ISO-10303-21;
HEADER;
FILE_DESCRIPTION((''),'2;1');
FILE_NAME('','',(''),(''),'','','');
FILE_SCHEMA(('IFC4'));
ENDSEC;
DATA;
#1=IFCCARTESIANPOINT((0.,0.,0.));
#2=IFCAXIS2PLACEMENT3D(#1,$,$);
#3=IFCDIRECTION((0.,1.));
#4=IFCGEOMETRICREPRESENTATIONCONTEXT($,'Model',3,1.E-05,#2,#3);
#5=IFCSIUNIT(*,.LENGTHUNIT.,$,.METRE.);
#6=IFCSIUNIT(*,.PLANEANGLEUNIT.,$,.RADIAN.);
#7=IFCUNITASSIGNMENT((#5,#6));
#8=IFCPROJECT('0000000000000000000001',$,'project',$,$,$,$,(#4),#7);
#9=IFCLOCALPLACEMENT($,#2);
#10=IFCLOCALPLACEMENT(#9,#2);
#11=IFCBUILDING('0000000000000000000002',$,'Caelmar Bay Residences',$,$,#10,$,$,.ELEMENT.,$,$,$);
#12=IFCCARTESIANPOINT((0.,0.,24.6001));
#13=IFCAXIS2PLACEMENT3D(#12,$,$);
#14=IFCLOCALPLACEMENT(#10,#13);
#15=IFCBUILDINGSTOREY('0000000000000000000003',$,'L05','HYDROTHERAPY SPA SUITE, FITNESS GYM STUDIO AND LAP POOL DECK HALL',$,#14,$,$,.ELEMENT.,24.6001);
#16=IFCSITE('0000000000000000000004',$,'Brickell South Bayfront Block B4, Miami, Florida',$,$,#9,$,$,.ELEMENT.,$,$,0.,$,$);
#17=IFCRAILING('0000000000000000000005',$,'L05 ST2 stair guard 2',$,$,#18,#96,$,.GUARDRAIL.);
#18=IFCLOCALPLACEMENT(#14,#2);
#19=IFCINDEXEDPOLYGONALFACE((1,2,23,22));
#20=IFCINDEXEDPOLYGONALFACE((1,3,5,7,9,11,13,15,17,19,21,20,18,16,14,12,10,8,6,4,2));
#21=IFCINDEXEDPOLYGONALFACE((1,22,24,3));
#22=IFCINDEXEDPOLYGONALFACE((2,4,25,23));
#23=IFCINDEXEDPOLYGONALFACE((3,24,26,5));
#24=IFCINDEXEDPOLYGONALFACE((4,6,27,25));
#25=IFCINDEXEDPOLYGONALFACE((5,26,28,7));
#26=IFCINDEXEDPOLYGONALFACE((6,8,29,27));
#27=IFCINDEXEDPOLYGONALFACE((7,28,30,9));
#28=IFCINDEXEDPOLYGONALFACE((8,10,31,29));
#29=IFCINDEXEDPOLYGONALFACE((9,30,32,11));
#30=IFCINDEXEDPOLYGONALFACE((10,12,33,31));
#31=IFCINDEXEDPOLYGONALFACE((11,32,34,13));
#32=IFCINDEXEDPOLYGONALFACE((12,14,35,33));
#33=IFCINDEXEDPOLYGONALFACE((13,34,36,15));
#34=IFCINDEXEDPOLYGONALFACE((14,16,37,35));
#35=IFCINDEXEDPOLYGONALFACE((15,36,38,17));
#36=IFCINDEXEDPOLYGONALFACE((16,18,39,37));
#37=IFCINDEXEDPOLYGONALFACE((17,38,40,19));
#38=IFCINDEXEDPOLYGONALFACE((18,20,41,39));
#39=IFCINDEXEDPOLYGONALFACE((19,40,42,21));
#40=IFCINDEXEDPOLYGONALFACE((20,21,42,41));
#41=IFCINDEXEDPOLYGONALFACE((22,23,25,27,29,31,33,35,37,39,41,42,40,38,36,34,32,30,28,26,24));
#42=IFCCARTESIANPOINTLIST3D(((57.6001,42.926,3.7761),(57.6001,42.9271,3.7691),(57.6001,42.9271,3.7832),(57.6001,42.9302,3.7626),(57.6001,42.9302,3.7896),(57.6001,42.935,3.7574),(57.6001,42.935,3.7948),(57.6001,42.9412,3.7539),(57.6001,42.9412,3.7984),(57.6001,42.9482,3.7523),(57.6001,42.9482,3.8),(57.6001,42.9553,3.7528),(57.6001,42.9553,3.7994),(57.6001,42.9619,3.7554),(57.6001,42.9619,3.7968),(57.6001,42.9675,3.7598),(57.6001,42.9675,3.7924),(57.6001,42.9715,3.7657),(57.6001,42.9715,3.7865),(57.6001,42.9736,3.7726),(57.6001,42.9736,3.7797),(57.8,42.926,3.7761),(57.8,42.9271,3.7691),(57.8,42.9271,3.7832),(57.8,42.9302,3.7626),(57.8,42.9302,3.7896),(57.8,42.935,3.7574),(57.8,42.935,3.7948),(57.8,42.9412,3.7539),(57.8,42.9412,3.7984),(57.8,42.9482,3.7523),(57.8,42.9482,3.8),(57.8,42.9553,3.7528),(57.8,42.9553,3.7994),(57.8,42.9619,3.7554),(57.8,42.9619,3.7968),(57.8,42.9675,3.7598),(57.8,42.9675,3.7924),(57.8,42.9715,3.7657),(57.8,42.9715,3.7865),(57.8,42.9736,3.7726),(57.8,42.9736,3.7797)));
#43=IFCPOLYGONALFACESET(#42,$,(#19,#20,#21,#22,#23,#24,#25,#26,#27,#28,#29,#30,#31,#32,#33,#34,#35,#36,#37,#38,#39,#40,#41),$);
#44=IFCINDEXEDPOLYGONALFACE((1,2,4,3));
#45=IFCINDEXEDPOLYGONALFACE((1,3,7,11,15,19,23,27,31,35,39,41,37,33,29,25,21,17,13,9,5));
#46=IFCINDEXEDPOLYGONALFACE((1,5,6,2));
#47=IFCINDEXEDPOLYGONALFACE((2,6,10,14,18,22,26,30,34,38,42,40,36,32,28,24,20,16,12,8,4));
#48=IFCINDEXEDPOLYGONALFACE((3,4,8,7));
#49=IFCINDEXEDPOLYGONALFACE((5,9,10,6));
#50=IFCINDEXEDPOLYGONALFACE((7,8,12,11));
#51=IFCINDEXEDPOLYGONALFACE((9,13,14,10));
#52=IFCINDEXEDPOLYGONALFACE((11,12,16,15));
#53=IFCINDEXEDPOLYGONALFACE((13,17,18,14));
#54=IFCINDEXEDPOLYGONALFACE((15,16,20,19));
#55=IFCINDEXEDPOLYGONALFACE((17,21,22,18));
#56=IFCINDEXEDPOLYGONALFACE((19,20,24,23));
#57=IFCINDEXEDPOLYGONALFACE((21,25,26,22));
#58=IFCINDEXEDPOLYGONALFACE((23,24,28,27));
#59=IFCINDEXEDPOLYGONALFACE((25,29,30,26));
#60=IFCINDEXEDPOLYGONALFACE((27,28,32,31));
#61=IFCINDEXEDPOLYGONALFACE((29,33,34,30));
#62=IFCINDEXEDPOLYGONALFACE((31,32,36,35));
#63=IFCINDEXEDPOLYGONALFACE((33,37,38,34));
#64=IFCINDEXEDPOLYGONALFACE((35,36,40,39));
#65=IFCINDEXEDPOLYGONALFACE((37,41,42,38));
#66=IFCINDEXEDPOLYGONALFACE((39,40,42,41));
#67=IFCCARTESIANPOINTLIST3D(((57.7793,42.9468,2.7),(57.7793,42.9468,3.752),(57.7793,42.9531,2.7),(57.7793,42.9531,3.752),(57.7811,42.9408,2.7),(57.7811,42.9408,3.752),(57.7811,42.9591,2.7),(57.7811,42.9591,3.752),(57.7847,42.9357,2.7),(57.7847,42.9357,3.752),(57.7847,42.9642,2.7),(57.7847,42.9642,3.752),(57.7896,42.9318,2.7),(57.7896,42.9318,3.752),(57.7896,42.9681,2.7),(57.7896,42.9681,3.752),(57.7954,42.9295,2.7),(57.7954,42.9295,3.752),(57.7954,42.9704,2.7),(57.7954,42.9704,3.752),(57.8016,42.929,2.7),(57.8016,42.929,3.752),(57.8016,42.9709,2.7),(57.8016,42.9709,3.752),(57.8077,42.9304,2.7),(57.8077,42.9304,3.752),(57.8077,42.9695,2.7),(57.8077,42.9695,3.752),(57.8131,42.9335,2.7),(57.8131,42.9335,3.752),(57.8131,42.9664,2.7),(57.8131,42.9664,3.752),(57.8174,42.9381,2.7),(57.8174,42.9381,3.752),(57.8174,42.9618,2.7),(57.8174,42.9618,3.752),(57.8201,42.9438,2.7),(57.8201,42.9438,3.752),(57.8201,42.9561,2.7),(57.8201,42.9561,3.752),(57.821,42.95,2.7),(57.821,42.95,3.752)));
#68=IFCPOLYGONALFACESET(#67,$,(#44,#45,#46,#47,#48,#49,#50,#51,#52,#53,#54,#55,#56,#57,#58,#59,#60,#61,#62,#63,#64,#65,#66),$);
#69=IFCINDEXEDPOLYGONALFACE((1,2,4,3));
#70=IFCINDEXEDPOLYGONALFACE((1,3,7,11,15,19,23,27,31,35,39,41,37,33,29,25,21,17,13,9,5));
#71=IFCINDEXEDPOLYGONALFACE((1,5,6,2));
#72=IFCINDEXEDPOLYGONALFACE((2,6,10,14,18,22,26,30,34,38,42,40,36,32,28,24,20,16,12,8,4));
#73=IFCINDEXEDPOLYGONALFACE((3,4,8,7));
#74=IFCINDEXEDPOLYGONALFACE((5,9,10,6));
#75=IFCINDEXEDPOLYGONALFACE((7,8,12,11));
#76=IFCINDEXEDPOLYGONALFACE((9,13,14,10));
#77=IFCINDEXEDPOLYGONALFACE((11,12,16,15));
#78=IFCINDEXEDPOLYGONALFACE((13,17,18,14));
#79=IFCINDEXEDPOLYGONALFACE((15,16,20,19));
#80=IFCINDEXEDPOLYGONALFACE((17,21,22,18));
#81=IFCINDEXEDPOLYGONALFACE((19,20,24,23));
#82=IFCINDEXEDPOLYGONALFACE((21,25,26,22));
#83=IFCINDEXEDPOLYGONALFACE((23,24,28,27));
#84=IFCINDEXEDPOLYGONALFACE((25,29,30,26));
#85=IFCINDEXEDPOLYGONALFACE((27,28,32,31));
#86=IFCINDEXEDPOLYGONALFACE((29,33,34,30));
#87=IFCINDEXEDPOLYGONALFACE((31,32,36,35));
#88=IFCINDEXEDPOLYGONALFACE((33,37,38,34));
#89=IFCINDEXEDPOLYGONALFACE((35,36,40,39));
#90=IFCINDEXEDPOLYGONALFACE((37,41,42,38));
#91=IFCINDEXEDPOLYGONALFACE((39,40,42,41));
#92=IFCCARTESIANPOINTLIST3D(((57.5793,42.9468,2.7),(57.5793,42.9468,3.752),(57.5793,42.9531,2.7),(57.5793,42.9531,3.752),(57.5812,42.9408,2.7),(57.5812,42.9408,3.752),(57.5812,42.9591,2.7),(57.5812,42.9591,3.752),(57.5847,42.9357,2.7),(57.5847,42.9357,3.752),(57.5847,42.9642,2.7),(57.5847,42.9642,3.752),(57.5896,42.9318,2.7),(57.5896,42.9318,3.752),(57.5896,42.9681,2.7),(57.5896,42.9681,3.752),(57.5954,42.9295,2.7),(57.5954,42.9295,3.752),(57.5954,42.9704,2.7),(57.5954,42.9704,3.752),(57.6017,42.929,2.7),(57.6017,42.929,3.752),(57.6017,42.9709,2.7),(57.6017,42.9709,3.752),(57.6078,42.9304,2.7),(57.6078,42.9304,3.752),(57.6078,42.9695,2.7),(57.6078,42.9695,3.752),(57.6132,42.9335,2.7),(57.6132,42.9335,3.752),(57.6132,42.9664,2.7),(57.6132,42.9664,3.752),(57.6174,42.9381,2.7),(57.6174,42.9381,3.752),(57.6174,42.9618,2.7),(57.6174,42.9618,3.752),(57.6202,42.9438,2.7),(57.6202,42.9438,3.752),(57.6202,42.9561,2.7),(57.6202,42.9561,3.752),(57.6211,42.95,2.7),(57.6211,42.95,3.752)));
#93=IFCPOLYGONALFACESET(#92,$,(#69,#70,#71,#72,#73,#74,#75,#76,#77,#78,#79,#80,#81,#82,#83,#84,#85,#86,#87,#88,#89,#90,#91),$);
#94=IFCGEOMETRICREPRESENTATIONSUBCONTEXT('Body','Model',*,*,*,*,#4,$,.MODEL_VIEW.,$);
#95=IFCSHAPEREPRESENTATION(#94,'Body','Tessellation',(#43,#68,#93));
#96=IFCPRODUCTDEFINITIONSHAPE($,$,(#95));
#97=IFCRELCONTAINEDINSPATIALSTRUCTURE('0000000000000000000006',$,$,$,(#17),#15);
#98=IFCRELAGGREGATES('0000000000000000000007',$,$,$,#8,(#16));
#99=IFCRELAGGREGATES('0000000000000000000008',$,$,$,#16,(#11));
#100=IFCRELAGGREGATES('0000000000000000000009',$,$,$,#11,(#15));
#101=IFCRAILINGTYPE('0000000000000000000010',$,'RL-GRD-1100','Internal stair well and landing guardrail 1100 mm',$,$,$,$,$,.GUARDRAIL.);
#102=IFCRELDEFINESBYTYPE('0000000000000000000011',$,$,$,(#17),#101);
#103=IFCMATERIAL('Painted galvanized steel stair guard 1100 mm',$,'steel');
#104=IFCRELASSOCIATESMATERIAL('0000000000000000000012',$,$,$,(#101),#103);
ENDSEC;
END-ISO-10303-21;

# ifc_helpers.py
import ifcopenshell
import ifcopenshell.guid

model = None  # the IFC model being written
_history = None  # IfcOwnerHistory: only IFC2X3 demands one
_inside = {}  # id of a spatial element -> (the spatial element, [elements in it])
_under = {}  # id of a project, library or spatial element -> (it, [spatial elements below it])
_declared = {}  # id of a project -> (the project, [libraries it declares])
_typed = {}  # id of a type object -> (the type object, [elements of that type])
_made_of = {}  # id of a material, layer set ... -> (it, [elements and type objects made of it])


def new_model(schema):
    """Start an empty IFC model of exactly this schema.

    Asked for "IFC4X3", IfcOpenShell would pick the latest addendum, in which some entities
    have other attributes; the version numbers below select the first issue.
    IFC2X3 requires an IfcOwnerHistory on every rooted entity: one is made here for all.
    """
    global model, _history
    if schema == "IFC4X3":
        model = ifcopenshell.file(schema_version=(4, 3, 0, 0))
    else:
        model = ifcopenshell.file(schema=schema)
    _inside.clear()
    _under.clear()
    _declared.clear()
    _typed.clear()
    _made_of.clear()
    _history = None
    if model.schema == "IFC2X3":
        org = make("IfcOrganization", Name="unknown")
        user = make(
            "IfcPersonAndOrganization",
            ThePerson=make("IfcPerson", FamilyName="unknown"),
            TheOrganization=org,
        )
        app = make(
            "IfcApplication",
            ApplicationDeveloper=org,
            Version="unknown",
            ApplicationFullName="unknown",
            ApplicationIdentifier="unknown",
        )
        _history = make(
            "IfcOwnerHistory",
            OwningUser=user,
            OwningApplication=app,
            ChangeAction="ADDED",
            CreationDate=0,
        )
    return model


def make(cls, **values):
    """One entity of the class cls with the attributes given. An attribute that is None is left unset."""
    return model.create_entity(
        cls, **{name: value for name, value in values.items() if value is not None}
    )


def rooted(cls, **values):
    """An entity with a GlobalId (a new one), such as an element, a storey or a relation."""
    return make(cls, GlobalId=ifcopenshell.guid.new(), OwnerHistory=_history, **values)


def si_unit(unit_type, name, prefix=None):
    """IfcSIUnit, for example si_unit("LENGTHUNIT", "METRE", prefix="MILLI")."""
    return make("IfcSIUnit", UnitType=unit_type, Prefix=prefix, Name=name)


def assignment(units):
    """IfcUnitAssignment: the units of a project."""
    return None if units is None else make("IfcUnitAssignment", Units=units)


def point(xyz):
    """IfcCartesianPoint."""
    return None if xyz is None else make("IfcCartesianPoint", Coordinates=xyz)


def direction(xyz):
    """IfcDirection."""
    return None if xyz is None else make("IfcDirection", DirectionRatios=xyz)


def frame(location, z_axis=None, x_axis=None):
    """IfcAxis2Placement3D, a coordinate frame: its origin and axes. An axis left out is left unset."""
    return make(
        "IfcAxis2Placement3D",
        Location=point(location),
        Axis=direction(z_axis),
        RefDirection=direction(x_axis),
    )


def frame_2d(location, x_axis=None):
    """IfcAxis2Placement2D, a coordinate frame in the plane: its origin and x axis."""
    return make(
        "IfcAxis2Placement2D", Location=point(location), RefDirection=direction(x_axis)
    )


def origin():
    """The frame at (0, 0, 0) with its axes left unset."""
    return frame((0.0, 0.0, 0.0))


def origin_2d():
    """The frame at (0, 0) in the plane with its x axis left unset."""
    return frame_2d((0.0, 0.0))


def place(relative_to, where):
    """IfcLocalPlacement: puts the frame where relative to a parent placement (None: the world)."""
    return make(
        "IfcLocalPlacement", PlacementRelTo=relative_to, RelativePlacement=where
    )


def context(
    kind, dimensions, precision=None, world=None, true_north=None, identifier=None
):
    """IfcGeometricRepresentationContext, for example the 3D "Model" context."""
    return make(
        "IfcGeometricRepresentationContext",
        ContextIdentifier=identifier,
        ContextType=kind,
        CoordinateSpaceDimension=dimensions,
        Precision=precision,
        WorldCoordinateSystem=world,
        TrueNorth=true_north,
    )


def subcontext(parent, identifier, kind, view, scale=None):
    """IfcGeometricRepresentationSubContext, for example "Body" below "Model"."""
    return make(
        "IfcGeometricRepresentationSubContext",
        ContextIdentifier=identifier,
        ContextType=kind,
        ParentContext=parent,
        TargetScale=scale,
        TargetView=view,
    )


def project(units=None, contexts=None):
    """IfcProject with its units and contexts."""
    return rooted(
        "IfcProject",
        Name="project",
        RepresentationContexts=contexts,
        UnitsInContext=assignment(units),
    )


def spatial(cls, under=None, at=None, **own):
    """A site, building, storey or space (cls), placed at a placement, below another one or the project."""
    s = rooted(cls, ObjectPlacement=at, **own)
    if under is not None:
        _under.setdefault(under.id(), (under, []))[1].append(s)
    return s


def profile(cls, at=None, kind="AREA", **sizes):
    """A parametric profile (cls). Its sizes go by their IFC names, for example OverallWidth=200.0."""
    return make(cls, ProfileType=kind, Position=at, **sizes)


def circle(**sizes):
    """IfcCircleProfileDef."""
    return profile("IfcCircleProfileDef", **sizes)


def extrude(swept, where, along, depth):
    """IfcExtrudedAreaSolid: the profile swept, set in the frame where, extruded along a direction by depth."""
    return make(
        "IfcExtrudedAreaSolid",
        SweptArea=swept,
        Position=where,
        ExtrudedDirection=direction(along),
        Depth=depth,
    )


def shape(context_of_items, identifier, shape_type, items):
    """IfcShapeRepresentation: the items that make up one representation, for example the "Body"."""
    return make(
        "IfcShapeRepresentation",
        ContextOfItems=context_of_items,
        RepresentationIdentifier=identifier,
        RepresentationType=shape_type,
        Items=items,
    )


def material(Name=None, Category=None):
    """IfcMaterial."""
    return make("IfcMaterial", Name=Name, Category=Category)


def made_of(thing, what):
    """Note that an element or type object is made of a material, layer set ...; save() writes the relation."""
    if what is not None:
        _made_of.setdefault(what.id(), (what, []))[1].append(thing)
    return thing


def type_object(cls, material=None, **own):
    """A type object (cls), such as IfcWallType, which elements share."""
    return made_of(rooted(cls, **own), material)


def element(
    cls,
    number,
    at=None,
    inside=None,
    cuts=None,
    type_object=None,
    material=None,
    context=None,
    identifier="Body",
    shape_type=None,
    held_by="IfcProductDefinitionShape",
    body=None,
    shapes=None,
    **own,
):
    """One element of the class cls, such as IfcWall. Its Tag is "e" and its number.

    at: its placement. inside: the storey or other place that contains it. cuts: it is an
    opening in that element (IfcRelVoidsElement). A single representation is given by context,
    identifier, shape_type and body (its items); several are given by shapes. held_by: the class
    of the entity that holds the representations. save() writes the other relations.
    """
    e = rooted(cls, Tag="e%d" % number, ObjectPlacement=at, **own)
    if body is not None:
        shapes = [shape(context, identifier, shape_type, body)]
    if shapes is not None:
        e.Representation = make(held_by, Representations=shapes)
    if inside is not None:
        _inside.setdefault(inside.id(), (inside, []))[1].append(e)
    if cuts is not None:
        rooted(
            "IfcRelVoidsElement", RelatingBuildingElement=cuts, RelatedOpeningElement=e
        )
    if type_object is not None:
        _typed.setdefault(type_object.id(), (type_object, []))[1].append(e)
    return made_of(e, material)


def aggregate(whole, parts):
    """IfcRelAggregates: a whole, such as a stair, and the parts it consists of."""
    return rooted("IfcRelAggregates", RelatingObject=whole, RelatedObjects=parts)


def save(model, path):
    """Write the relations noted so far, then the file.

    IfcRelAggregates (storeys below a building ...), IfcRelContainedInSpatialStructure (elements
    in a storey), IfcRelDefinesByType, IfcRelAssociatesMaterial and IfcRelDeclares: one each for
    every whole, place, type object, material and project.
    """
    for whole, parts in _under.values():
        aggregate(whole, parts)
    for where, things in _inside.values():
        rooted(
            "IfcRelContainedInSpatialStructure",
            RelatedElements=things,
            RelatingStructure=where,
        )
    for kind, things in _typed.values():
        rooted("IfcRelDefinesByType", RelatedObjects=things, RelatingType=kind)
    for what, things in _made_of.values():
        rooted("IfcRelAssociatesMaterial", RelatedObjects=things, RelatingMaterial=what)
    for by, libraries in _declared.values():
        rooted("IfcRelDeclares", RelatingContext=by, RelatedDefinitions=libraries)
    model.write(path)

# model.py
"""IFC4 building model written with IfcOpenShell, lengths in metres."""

from ifc_helpers import new_model, si_unit, direction, frame, origin, origin_2d, place, context, subcontext, project, spatial, circle, extrude, material, type_object, element, save


model = new_model("IFC4")

# Units and contexts
model_context = context("Model", 3, precision=1e-05, world=origin(), true_north=direction((0.0, 1.0)))
body_context = subcontext(model_context, "Body", "Model", "MODEL_VIEW")
ifc_project = project(units=[si_unit("LENGTHUNIT", "METRE"), si_unit("PLANEANGLEUNIT", "RADIAN")], contexts=[model_context])

# Site, building, storey
site_placement = place(None, origin())
site = spatial("IfcSite", under=ifc_project, at=site_placement, Name="Brickell South Bayfront Block B4, Miami, Florida", CompositionType="ELEMENT", RefElevation=0.0)
building_placement = place(site_placement, origin())
building = spatial("IfcBuilding", under=site, at=building_placement, Name="Caelmar Bay Residences", CompositionType="ELEMENT")
storey_placement = place(building_placement, frame((0.0, 0.0, 24.6001)))
storey = spatial("IfcBuildingStorey", under=building, at=storey_placement, Name="L05", Description="HYDROTHERAPY SPA SUITE, FITNESS GYM STUDIO AND LAP POOL DECK HALL", CompositionType="ELEMENT", Elevation=24.6001)

# Railing
ifc_material_1 = material(Name="Painted galvanized steel stair guard 1100 mm", Category="steel")
railing_type_1 = type_object("IfcRailingType", Name="RL-GRD-1100", Description="Internal stair well and landing guardrail 1100 mm", PredefinedType="GUARDRAIL", material=ifc_material_1)
railing_1_placement = place(storey_placement, frame((57.8, 42.95, 2.7)))
element("IfcRailing", 1, at=railing_1_placement, inside=storey, type_object=railing_type_1, Name="L05 ST2 stair guard 2", PredefinedType="GUARDRAIL", context=body_context, shape_type="SweptSolid", body=[
    extrude(circle(Radius=0.0239, at=origin_2d()), frame((0.0, 0.0, 1.0762), z_axis=(-1.0, 0.0, 0.0), x_axis=(0.0, -1.0, 0.0)), (0.0, 0.0, 1.0), 0.2),
    extrude(circle(Radius=0.021, at=origin_2d()), origin(), (0.0, 0.0, 1.0), 1.052),
    extrude(circle(Radius=0.021, at=origin_2d()), frame((-0.2, 0.0, 0.0)), (0.0, 0.0, 1.0), 1.052),
])

save(model, "model.ifc")
